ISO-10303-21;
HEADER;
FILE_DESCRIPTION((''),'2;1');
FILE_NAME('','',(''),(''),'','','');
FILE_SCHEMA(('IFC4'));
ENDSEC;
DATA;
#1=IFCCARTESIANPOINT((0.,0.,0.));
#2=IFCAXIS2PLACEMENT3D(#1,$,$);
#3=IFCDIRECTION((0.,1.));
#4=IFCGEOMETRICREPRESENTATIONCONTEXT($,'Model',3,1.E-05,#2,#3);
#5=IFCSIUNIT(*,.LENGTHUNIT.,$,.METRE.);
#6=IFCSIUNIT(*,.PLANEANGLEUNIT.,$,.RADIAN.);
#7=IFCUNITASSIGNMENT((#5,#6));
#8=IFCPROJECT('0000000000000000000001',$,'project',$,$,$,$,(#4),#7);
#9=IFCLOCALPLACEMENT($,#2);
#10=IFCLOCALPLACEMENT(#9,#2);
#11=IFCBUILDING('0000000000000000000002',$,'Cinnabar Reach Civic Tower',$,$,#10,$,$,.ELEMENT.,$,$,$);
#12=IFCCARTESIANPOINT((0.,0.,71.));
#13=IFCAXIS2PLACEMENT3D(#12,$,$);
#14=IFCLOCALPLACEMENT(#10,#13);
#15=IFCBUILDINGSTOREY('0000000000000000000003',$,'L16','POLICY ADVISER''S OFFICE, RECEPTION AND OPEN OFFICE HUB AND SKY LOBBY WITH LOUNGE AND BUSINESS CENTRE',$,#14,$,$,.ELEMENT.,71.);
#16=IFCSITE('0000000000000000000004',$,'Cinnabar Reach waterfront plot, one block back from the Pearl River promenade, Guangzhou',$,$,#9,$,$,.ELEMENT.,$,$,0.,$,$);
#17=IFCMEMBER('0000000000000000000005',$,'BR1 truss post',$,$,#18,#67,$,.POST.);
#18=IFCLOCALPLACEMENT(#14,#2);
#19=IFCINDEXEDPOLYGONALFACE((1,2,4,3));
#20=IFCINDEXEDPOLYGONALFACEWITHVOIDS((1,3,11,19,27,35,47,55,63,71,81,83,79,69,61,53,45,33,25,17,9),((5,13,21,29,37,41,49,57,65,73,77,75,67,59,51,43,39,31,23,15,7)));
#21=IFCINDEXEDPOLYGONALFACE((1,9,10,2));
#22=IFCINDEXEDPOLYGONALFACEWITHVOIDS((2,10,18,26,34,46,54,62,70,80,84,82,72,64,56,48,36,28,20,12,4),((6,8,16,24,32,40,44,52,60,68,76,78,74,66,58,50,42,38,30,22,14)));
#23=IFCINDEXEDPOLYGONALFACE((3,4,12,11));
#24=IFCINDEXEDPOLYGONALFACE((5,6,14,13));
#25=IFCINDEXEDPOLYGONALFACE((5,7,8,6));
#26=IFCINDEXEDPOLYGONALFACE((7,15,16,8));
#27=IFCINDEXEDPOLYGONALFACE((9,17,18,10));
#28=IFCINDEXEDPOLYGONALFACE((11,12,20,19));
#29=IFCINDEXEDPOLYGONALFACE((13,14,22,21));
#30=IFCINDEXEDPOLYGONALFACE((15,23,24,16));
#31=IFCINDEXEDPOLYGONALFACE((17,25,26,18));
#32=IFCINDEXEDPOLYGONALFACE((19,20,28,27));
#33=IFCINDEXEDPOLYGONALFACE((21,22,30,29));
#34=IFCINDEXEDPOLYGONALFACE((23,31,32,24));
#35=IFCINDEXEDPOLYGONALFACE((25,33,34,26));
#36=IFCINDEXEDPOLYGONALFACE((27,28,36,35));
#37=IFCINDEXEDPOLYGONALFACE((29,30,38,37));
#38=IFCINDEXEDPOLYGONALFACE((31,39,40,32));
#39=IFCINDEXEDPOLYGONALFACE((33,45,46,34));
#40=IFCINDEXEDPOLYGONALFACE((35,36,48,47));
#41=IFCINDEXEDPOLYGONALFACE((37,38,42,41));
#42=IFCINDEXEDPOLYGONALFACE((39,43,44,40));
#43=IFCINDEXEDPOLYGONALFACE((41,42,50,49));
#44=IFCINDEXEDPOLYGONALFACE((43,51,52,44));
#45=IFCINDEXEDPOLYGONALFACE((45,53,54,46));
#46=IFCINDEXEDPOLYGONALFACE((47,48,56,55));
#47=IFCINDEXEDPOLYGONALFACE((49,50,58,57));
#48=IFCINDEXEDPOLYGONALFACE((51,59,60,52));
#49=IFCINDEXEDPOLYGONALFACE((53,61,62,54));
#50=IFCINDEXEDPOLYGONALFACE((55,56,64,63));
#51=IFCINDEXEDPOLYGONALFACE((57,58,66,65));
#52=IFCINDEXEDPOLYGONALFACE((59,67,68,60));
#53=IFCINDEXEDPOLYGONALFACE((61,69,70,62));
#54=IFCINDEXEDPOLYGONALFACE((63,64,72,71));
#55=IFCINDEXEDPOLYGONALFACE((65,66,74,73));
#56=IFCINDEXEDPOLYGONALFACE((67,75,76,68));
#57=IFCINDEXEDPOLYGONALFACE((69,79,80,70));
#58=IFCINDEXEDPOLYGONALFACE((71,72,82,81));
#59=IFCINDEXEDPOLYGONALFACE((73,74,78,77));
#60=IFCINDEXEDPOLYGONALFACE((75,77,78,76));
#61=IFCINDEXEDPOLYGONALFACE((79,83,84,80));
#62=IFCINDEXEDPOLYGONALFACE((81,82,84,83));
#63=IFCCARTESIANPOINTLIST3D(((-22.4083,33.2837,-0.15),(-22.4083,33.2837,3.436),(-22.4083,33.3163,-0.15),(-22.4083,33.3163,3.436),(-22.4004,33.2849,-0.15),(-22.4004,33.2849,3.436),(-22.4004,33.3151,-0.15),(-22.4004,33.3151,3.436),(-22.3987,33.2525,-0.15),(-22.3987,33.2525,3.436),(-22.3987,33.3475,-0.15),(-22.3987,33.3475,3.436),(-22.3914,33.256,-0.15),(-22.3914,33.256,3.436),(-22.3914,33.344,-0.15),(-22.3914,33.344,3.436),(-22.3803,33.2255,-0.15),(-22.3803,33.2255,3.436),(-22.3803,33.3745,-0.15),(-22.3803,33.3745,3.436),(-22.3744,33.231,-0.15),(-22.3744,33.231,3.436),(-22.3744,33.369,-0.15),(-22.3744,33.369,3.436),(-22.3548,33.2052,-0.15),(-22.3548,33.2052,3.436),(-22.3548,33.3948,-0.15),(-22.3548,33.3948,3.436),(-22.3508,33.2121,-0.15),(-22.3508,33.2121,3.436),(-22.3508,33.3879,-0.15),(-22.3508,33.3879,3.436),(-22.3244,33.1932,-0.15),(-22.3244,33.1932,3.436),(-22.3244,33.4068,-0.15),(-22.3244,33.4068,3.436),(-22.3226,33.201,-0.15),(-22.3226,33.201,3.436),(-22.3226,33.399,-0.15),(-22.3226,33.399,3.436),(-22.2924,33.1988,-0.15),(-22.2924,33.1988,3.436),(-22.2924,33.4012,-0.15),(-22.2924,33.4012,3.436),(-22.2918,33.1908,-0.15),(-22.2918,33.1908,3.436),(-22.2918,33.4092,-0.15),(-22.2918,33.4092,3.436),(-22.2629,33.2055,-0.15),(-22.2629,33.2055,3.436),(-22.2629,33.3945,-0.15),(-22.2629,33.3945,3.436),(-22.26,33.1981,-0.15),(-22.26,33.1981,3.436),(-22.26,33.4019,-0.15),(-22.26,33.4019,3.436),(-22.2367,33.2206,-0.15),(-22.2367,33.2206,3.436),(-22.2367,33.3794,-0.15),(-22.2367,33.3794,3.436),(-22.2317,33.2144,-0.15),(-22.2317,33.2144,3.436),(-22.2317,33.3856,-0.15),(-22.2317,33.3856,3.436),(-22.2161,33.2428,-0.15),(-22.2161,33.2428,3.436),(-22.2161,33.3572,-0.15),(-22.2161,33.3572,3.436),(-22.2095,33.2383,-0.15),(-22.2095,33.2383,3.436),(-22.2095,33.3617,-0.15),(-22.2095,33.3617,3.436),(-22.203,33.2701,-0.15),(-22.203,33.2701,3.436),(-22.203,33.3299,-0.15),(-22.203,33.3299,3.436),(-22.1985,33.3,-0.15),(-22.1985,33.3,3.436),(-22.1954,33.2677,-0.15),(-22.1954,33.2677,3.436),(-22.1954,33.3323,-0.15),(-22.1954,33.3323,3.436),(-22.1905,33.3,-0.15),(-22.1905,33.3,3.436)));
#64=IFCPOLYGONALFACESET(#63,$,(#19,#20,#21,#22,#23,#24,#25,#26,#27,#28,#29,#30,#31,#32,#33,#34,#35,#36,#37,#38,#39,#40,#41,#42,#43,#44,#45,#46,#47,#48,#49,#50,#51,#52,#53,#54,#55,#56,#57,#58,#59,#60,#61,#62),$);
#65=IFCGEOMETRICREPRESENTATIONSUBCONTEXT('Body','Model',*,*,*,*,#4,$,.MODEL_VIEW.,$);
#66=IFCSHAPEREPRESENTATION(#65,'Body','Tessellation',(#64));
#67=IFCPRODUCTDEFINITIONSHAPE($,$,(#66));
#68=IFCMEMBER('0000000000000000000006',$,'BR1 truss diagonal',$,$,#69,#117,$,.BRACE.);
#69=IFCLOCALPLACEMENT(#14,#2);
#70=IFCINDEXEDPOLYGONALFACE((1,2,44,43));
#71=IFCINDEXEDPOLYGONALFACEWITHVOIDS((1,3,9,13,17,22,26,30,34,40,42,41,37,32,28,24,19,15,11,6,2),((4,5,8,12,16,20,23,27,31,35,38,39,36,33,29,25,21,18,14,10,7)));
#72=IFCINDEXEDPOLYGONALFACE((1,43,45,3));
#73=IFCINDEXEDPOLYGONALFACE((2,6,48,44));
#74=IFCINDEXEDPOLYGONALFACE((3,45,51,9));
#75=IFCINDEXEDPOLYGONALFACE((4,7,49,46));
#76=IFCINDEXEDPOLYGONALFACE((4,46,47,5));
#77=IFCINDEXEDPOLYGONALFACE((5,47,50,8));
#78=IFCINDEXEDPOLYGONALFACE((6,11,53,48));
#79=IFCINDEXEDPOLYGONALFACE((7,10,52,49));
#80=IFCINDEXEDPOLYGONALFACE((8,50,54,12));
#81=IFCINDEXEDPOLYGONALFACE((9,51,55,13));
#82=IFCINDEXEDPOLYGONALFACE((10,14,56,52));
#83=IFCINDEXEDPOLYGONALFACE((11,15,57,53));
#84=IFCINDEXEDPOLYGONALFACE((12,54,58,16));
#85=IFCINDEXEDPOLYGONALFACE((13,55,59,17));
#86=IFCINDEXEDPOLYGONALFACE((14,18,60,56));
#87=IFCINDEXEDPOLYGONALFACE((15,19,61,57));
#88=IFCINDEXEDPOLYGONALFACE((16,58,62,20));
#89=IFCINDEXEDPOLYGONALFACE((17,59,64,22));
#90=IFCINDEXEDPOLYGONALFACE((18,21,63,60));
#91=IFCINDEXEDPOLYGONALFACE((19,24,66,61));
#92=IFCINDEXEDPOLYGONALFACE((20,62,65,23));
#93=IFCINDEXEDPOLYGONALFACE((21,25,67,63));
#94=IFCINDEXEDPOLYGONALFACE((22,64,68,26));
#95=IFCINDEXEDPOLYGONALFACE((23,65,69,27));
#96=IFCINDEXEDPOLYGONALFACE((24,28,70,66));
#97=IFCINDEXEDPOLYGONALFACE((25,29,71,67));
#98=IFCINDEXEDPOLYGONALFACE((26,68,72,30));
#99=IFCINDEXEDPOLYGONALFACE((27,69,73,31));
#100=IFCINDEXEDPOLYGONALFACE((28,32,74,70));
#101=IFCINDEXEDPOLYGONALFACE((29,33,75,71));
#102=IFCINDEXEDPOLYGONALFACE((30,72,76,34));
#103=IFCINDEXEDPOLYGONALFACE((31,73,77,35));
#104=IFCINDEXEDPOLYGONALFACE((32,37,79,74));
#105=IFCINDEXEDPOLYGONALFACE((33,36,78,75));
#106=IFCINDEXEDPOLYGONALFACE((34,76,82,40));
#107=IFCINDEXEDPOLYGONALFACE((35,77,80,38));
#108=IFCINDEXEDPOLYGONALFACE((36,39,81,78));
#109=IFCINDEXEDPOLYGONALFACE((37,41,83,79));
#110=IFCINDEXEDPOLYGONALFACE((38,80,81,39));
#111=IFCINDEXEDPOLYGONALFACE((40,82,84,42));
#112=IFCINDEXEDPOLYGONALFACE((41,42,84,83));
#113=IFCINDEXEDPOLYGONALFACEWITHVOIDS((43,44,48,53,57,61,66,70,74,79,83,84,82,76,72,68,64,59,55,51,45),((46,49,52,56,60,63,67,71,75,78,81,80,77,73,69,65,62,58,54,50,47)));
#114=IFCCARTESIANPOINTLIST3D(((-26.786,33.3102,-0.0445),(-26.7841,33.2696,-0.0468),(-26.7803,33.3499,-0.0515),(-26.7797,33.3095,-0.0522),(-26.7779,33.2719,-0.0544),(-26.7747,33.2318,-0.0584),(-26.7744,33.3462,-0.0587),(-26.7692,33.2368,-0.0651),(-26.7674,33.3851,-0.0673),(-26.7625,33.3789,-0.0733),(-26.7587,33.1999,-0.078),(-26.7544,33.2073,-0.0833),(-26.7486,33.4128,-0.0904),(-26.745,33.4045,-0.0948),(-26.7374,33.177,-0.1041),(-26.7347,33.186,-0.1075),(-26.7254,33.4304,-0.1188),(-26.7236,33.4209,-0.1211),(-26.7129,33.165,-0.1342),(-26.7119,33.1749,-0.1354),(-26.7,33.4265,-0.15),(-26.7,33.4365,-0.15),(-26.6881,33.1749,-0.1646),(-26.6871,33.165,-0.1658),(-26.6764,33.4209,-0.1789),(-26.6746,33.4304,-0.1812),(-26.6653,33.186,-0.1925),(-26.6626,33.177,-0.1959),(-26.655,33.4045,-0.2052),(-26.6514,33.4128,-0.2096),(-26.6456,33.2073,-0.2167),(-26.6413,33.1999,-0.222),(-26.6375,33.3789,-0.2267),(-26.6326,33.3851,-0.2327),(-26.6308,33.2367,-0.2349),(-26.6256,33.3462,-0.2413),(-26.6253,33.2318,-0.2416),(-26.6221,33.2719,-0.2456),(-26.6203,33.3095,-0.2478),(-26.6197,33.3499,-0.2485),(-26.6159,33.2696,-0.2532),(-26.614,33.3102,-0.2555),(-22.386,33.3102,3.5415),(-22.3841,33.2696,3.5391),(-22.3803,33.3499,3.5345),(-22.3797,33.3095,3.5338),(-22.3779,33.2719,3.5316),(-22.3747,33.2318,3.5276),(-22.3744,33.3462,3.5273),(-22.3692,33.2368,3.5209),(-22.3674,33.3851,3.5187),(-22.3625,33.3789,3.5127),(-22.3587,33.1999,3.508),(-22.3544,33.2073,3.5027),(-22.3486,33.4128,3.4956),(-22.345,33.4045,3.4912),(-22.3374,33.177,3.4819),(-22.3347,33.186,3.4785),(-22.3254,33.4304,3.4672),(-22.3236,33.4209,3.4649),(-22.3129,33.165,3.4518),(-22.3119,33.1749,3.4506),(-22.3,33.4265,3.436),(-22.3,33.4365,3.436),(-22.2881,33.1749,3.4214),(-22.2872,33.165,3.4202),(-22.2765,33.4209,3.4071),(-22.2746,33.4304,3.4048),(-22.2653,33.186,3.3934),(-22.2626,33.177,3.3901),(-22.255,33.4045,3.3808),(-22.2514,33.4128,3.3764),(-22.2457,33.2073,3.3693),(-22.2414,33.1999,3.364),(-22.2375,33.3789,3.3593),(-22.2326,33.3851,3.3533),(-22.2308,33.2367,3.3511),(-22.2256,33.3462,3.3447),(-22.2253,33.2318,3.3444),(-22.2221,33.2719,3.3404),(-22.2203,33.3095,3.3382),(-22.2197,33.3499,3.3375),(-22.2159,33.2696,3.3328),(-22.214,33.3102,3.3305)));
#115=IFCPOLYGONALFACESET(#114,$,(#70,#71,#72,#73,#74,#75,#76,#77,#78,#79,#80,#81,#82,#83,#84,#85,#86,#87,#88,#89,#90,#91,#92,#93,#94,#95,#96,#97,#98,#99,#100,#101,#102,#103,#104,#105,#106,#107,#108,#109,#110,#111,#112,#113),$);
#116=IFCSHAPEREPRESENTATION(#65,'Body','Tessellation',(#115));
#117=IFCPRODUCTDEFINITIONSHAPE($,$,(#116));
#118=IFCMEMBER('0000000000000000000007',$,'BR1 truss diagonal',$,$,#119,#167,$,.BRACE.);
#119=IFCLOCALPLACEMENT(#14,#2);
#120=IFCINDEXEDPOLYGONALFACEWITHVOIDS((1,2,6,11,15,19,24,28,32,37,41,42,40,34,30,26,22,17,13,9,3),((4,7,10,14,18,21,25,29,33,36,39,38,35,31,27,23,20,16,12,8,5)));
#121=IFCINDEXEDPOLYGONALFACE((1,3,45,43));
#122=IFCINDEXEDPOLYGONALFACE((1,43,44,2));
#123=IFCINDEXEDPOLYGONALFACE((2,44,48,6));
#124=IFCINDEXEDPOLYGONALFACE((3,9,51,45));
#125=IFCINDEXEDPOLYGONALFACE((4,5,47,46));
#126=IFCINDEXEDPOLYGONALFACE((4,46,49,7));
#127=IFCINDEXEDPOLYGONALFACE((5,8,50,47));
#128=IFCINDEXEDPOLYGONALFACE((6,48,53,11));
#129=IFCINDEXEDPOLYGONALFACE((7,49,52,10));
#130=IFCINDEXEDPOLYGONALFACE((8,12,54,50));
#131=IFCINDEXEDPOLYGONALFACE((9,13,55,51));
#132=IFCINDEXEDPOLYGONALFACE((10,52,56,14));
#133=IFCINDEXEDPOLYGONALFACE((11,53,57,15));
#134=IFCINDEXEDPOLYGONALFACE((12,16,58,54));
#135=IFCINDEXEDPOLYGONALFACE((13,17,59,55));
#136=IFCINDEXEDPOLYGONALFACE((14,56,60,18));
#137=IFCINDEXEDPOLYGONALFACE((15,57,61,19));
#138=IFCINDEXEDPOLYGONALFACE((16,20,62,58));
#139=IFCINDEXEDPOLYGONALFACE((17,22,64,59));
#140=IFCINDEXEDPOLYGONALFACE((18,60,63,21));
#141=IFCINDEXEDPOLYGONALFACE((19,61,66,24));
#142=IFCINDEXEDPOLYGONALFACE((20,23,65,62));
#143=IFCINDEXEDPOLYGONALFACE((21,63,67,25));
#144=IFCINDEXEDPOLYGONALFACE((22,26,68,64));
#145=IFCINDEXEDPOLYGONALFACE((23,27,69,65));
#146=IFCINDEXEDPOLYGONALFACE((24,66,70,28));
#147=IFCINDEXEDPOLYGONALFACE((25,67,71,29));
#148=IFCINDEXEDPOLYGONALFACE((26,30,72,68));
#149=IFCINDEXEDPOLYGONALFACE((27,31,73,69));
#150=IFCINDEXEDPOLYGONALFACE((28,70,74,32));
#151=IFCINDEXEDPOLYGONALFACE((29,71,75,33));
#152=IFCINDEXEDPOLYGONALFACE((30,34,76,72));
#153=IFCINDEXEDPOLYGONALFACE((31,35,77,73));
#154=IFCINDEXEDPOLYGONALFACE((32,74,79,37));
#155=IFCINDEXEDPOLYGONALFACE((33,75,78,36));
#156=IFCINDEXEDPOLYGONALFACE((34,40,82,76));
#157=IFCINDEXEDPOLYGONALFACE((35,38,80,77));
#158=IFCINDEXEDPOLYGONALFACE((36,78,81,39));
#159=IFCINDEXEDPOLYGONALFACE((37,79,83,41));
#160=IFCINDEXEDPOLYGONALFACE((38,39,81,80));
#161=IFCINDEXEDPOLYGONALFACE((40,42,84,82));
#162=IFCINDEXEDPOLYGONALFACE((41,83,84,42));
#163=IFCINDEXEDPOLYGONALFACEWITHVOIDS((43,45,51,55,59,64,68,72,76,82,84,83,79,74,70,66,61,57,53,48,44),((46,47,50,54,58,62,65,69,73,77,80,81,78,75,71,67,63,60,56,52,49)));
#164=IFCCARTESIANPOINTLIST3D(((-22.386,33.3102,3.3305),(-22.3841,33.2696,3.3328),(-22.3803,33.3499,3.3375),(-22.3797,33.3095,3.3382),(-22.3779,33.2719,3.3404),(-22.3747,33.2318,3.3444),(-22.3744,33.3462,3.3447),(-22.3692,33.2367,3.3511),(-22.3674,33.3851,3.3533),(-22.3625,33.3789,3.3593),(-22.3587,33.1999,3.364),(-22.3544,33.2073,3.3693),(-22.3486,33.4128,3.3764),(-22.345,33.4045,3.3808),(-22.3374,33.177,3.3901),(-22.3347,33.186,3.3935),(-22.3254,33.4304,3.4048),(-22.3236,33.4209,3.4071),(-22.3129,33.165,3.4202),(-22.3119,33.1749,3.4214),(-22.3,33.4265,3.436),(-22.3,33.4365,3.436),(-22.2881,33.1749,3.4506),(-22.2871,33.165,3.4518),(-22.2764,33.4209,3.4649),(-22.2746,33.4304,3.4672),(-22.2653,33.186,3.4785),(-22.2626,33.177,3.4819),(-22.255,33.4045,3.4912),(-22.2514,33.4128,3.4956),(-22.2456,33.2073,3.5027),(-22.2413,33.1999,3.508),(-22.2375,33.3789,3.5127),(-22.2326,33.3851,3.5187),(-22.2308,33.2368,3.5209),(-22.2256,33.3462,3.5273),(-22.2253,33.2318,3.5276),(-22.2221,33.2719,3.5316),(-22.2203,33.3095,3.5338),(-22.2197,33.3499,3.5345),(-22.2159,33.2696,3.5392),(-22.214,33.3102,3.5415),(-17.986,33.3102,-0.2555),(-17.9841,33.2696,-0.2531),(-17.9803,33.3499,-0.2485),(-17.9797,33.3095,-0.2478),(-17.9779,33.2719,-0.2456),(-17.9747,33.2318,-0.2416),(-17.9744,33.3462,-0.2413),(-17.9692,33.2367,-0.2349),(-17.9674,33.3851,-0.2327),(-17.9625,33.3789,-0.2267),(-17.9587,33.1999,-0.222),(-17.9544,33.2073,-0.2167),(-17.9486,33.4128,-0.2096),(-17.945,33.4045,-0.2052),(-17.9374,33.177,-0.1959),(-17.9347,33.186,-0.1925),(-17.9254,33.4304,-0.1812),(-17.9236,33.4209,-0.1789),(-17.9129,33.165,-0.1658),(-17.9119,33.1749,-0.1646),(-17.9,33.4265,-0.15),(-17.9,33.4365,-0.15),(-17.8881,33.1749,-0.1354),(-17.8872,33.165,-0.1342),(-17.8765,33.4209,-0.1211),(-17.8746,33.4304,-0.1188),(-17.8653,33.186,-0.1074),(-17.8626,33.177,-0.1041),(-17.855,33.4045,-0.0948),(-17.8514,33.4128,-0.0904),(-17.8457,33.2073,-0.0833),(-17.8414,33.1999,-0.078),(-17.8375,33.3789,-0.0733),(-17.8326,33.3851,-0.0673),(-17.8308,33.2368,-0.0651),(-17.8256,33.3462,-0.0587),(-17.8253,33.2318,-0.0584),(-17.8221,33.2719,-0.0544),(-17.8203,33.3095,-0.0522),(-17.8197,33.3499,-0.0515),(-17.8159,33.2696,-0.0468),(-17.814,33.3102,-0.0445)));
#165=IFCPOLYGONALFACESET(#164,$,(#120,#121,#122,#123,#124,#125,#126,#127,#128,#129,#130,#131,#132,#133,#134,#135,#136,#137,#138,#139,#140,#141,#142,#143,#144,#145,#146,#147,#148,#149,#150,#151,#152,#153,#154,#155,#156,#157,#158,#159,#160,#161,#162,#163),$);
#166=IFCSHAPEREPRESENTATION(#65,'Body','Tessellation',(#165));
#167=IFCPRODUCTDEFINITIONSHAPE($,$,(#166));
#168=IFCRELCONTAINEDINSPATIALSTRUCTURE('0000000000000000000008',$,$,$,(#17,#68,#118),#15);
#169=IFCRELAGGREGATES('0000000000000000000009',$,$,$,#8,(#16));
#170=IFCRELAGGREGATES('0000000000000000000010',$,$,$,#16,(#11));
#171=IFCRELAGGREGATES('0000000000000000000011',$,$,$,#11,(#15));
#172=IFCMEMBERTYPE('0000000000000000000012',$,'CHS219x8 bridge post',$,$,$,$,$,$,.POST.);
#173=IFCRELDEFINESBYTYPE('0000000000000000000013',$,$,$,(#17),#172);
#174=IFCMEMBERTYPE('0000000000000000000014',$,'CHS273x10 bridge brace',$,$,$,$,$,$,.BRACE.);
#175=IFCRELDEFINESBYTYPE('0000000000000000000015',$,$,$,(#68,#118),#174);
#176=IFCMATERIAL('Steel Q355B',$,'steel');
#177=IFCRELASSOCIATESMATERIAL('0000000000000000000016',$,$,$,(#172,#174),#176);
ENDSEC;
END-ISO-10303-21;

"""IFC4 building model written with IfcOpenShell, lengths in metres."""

from ifc_helpers import new_model, si_unit, direction, frame, origin, origin_2d, place, context, subcontext, project, spatial, hollow_circle, extrude, material, material_profile, profile_set, type_object, element, save


model = new_model("IFC4")

# Units and contexts
model_context = context("Model", 3, precision=1e-05, world=origin(), true_north=direction((0.0, 1.0)))
body_context = subcontext(model_context, "Body", "Model", "MODEL_VIEW")
ifc_project = project(units=[si_unit("LENGTHUNIT", "METRE"), si_unit("PLANEANGLEUNIT", "RADIAN")], contexts=[model_context])

# Site, building, storey
site_placement = place(None, origin())
site = spatial("IfcSite", under=ifc_project, at=site_placement, Name="Cinnabar Reach waterfront plot, one block back from the Pearl River promenade, Guangzhou", CompositionType="ELEMENT", RefElevation=0.0)
building_placement = place(site_placement, origin())
building = spatial("IfcBuilding", under=site, at=building_placement, Name="Cinnabar Reach Civic Tower", CompositionType="ELEMENT")
storey_placement = place(building_placement, frame((0.0, 0.0, 71.0)))
storey = spatial("IfcBuildingStorey", under=building, at=storey_placement, Name="L16", Description="POLICY ADVISER'S OFFICE, RECEPTION AND OPEN OFFICE HUB AND SKY LOBBY WITH LOUNGE AND BUSINESS CENTRE", CompositionType="ELEMENT", Elevation=71.0)

# Members
ifc_material_1 = material(Name="Steel Q355B", Category="steel")
ifc_material_profile_1 = material_profile(ifc_material_1, hollow_circle(Radius=0.1095, WallThickness=0.008, at=origin_2d()), Name="CHS219x8")
ifc_profile_set_1 = profile_set([ifc_material_profile_1], Name="Steel Q355B")
member_type_1 = type_object("IfcMemberType", Name="CHS219x8 bridge post", PredefinedType="POST", material=ifc_profile_set_1)
for number, where, z_axis, x_axis, name in (
    (1, (-22.3, 33.3, -0.15), (0.0, 0.0, 1.0), (1.0, 0.0, 0.0), "BR1 truss post"),
):
    element("IfcMember", number, at=place(storey_placement, frame(where, z_axis=z_axis, x_axis=x_axis)), inside=storey, type_object=member_type_1, Name=name, PredefinedType="POST", context=body_context, shape_type="SweptSolid", body=[
        extrude(hollow_circle(Radius=0.1095, WallThickness=0.008, at=origin_2d()), origin(), (0.0, 0.0, 1.0), 3.586),
    ])
ifc_material_profile_2 = material_profile(ifc_material_1, hollow_circle(Radius=0.1365, WallThickness=0.01, at=origin_2d()), Name="CHS273x10")
ifc_profile_set_2 = profile_set([ifc_material_profile_2], Name="Steel Q355B")
member_type_2 = type_object("IfcMemberType", Name="CHS273x10 bridge brace", PredefinedType="BRACE", material=ifc_profile_set_2)
for number, where, z_axis, x_axis, name in (
    (2, (-26.7, 33.3, -0.15), (0.775165, 0.0, 0.631759), (0.0, 1.0, 0.0), "BR1 truss diagonal"),
    (3, (-22.3, 33.3, 3.436), (0.775165, 0.0, -0.631759), (0.0, 1.0, 0.0), "BR1 truss diagonal"),
):
    element("IfcMember", number, at=place(storey_placement, frame(where, z_axis=z_axis, x_axis=x_axis)), inside=storey, type_object=member_type_2, Name=name, PredefinedType="BRACE", context=body_context, shape_type="SweptSolid", body=[
        extrude(hollow_circle(Radius=0.1365, WallThickness=0.01, at=origin_2d()), origin(), (0.0, 0.0, 1.0), 5.6762),
    ])

save(model, "model.ifc")
